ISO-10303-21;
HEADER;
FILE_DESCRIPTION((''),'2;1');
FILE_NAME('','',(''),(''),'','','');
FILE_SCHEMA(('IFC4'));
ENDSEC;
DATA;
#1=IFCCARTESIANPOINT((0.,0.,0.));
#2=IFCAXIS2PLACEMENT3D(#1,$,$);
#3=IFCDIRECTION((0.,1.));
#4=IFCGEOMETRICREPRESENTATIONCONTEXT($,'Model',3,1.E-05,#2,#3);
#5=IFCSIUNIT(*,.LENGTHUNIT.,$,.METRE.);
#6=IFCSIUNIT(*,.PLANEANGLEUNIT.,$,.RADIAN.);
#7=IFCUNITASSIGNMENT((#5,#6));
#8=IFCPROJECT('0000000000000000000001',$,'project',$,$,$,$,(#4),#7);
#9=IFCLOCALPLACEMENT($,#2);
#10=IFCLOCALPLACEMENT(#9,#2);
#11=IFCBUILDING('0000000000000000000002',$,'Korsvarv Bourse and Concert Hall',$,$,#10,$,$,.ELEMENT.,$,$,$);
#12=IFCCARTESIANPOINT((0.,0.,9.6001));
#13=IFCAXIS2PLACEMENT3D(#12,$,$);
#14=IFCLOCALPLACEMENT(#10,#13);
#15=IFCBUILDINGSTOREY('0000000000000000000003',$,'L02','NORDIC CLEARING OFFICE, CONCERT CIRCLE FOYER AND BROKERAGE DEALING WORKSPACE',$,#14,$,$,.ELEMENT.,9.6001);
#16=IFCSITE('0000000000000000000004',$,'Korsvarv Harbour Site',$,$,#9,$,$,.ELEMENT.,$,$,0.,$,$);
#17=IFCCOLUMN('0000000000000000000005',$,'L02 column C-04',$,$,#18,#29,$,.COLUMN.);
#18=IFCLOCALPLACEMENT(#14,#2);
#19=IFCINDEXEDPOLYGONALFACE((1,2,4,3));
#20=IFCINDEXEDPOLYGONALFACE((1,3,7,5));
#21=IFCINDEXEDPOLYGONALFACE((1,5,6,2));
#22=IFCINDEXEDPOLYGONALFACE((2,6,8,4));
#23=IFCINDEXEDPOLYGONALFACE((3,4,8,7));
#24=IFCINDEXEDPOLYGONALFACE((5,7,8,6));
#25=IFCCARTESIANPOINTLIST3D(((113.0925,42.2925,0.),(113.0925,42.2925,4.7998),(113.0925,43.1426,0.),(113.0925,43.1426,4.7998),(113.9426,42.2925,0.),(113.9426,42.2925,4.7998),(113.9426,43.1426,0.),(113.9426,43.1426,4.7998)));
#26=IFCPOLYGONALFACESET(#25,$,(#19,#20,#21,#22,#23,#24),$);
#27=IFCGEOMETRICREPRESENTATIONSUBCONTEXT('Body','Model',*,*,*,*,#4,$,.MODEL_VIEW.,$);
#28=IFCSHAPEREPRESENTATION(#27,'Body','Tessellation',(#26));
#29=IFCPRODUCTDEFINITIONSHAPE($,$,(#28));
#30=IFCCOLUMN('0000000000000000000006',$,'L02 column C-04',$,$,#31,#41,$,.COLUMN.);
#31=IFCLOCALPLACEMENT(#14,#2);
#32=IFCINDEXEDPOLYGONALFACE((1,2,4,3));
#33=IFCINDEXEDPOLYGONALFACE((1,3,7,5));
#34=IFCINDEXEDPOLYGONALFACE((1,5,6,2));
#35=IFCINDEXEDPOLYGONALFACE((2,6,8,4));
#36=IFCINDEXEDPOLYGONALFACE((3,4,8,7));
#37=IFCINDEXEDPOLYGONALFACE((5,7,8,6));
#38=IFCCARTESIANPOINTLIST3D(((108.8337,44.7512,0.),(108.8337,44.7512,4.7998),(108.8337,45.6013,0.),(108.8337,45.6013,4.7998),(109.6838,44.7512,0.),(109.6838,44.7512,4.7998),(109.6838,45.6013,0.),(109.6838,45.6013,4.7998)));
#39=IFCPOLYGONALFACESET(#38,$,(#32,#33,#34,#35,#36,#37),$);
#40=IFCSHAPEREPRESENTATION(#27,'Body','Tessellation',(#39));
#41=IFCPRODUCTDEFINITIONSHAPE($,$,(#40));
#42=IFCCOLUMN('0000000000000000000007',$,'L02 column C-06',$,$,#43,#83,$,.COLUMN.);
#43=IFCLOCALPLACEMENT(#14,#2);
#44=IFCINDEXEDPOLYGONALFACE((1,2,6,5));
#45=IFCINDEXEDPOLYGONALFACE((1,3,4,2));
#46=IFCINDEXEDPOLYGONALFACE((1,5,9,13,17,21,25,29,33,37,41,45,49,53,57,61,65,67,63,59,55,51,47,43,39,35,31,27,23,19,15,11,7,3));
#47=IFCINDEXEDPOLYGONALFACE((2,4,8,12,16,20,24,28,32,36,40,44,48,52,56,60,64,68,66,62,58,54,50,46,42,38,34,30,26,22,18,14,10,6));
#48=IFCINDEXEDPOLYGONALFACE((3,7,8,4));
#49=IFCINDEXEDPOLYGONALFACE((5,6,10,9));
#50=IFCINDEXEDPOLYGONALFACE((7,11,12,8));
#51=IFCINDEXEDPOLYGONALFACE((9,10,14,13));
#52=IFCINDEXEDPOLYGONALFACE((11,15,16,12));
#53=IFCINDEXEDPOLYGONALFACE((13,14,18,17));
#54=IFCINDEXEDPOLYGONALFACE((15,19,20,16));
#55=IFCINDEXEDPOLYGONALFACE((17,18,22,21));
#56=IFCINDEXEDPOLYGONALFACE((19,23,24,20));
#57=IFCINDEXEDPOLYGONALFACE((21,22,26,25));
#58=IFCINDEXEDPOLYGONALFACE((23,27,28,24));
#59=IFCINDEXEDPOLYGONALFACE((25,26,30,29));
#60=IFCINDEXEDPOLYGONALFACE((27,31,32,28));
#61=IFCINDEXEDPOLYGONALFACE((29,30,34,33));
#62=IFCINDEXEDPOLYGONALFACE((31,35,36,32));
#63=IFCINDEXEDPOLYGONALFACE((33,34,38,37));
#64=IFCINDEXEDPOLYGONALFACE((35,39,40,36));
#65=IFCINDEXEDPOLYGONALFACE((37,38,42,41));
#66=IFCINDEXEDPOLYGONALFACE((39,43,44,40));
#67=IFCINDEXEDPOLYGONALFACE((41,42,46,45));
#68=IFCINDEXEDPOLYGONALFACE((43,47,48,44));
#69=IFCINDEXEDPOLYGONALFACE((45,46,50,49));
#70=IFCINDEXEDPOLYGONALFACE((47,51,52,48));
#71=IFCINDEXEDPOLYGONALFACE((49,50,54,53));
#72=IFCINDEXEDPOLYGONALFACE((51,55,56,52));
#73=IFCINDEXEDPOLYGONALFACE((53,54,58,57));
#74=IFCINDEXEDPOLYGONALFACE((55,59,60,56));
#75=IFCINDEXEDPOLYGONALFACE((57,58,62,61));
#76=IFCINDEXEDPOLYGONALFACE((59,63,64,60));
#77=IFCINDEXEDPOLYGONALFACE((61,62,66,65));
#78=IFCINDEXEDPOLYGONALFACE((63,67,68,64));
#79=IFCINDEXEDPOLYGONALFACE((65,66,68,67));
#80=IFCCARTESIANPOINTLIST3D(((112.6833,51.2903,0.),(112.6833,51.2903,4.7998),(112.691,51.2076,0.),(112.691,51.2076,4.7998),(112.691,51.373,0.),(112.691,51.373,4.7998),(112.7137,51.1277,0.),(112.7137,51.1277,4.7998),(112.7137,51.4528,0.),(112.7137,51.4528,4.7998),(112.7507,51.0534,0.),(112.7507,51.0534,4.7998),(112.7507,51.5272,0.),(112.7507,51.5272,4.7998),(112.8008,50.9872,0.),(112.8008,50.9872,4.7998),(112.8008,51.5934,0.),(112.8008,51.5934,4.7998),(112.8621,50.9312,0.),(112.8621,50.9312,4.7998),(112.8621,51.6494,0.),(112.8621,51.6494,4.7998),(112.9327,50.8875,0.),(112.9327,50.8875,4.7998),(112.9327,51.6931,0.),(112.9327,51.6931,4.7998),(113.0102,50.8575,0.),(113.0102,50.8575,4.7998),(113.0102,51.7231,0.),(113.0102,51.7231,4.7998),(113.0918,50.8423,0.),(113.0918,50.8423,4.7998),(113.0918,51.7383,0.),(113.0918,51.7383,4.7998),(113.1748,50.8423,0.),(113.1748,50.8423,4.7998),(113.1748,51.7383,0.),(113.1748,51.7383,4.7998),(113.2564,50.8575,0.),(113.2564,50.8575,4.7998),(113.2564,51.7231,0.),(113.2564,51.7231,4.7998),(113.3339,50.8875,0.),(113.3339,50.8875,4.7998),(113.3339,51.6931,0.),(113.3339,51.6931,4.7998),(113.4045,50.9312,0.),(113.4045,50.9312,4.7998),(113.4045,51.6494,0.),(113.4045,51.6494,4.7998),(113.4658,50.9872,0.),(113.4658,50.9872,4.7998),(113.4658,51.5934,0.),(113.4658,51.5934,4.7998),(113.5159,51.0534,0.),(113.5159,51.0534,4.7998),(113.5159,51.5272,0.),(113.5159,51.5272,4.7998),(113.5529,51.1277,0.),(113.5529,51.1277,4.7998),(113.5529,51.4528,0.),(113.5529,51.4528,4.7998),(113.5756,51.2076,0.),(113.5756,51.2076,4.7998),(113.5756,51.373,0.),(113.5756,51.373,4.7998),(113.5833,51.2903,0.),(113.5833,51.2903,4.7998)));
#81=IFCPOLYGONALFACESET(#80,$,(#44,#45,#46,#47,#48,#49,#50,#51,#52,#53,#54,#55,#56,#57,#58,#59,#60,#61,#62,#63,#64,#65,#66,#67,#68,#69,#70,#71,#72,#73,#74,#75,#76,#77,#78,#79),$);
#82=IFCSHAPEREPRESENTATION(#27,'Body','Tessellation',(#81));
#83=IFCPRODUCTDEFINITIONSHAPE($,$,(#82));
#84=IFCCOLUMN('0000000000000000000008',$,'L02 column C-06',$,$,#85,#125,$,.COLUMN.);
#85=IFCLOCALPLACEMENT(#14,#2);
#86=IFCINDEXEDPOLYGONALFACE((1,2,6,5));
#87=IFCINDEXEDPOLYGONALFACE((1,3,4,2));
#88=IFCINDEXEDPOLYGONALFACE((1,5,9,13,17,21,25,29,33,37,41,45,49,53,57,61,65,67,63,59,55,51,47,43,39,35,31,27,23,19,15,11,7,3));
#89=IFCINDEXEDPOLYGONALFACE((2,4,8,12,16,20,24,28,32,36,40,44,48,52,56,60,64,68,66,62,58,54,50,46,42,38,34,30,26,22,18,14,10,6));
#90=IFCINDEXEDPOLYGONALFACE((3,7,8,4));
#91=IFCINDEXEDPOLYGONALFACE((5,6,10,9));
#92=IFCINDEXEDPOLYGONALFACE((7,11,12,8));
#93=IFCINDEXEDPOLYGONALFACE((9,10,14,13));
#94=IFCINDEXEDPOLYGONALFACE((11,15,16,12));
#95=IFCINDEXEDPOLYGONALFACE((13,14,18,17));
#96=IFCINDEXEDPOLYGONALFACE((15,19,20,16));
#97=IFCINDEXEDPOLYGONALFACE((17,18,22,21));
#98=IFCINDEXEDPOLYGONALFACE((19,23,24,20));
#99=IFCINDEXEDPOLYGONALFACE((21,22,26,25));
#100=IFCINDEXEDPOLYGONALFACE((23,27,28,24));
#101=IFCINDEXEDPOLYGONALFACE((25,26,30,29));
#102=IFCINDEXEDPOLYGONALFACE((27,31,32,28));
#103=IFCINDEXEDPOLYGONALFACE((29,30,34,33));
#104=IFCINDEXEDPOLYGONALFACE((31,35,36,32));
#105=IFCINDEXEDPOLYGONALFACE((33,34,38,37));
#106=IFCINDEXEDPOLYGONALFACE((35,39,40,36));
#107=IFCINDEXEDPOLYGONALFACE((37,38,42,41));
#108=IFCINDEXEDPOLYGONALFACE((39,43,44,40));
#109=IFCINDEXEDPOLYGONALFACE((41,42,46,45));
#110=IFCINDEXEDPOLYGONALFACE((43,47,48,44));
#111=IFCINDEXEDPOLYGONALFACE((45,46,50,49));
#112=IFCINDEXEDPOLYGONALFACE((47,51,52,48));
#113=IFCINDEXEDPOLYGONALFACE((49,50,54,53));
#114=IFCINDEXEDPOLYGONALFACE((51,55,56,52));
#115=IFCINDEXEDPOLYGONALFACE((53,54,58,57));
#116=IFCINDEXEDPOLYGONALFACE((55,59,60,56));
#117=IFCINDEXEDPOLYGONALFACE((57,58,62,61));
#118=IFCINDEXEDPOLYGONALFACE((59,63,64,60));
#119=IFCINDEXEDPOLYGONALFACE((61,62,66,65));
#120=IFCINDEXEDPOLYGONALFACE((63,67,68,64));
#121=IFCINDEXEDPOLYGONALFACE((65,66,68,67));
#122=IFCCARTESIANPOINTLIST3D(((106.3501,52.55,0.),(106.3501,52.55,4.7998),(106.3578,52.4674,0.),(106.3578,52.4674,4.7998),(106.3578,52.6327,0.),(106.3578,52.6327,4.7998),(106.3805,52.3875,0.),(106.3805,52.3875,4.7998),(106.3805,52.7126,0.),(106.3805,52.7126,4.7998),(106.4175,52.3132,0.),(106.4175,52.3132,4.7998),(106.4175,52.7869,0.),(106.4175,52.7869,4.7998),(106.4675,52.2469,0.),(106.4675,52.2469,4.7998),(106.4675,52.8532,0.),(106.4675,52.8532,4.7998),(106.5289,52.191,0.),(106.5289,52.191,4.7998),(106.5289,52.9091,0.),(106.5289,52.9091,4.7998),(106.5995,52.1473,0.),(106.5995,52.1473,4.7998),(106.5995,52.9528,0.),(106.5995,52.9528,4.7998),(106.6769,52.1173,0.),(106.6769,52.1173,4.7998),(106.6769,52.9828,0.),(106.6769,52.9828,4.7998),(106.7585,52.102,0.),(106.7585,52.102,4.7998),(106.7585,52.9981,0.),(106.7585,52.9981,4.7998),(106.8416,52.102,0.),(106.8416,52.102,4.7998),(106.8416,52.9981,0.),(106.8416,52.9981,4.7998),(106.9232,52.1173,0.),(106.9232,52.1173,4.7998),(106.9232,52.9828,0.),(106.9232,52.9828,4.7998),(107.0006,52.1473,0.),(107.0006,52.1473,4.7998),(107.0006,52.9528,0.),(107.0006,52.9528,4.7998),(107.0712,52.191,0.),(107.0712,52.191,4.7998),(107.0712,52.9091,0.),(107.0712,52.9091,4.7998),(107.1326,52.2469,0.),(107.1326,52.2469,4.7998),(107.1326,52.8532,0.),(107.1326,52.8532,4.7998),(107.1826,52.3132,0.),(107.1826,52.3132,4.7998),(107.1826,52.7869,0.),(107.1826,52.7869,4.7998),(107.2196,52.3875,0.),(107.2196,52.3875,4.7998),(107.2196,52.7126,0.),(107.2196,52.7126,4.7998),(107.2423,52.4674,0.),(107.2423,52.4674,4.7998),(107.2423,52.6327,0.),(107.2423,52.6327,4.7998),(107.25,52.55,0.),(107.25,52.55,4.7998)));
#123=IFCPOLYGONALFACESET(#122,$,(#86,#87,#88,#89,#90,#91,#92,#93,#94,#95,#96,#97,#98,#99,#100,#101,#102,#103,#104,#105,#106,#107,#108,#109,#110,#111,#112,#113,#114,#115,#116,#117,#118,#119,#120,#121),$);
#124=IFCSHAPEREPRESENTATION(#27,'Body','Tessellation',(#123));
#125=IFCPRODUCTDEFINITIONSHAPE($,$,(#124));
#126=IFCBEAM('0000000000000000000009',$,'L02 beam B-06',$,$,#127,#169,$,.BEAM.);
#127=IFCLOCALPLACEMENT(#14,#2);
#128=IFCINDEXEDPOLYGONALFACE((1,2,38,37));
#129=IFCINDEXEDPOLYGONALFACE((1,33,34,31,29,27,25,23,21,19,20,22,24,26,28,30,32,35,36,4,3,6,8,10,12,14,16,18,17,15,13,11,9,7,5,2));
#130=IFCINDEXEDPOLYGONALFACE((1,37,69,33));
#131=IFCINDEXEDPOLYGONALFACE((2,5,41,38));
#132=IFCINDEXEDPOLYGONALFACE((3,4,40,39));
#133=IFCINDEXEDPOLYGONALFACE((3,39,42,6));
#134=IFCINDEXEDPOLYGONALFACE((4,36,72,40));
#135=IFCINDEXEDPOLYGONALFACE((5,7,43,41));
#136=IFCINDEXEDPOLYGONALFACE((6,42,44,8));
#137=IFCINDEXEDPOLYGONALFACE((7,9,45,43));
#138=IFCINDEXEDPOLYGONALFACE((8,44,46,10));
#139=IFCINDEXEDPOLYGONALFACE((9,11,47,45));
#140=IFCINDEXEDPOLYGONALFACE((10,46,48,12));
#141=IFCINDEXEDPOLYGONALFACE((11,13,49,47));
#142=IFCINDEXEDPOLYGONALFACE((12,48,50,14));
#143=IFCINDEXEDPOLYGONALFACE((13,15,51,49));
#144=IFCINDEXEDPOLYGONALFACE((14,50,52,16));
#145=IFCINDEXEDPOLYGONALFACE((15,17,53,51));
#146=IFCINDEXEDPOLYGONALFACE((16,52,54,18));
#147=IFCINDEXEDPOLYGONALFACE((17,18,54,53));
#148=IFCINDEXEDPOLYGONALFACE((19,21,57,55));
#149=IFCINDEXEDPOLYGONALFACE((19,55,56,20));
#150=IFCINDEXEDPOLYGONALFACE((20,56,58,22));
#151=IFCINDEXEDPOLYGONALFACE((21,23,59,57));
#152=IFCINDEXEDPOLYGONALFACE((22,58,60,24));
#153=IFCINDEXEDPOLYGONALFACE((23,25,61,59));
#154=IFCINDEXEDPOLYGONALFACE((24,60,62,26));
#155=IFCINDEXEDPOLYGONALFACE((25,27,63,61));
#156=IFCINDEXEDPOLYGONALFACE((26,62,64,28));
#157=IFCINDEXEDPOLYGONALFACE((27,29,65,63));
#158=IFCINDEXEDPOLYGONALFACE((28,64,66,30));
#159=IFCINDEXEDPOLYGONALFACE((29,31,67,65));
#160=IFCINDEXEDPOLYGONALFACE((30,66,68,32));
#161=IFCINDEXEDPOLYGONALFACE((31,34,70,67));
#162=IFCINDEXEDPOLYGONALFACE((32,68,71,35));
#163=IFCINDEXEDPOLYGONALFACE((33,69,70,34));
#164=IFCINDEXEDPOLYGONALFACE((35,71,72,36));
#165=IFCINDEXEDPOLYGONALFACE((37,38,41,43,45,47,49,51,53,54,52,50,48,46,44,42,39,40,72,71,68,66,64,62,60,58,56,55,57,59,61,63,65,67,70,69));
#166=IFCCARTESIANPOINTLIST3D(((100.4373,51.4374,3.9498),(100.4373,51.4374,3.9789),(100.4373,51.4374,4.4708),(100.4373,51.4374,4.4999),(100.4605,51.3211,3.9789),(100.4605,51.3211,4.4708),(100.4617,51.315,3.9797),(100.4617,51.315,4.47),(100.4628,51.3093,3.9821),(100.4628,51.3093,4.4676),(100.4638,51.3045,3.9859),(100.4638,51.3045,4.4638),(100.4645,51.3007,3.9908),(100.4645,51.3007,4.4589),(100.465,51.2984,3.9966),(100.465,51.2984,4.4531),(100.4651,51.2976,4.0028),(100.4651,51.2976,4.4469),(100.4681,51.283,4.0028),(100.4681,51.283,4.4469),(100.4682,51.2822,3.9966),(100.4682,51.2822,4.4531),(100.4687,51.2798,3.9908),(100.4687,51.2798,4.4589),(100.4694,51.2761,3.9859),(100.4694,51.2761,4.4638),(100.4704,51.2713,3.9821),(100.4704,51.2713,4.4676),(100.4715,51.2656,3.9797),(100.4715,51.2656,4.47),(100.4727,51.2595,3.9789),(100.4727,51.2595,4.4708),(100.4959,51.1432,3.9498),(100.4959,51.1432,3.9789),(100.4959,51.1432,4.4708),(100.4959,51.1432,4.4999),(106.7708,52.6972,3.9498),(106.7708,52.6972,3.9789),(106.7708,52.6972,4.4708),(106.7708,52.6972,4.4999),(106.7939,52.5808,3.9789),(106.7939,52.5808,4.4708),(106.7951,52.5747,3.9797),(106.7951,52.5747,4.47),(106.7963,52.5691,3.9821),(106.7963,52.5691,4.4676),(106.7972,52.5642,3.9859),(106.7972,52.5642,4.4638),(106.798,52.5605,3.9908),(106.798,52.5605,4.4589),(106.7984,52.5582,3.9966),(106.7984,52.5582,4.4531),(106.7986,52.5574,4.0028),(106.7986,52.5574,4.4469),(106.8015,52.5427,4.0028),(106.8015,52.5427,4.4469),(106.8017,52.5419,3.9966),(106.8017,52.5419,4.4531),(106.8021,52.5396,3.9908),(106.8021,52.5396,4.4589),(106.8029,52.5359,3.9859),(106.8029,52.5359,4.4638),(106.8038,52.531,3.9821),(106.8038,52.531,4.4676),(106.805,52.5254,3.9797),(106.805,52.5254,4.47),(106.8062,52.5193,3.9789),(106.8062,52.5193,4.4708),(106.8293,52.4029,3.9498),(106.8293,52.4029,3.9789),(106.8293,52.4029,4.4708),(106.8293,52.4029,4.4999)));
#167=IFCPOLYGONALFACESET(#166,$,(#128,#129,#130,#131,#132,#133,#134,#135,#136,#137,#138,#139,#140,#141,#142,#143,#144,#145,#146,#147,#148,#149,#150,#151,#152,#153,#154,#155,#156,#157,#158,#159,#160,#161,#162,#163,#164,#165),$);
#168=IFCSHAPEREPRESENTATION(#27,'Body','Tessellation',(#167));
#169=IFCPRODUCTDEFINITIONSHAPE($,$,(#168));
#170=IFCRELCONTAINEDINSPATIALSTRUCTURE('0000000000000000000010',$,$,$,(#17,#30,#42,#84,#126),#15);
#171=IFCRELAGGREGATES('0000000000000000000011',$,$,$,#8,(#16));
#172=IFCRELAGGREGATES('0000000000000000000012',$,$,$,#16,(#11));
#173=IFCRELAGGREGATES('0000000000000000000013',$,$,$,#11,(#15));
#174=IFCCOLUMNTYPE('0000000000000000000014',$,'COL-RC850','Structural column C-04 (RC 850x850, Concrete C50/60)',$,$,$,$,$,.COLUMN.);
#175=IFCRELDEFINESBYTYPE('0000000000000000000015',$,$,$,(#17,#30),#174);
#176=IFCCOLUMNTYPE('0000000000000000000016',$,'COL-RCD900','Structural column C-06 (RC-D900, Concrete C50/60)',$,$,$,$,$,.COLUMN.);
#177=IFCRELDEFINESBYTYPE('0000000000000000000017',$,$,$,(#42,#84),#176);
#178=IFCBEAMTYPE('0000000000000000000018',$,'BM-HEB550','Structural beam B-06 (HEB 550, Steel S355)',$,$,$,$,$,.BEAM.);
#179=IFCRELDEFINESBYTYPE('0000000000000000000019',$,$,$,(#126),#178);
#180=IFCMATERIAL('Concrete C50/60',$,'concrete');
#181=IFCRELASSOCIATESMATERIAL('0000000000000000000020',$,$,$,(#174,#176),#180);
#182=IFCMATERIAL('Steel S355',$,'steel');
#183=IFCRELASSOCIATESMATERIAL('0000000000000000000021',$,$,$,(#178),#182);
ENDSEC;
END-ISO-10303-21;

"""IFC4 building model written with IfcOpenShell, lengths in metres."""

from ifc_helpers import new_model, si_unit, direction, frame, origin, origin_2d, place, context, subcontext, project, spatial, rectangle, circle, i_section, extrude, source, transform, mapped, material, material_profile, profile_set, type_object, element, save


model = new_model("IFC4")

# Units and contexts
model_context = context("Model", 3, precision=1e-05, world=origin(), true_north=direction((0.0, 1.0)))
body_context = subcontext(model_context, "Body", "Model", "MODEL_VIEW")
ifc_project = project(units=[si_unit("LENGTHUNIT", "METRE"), si_unit("PLANEANGLEUNIT", "RADIAN")], contexts=[model_context])

# Site, building, storey
site_placement = place(None, origin())
site = spatial("IfcSite", under=ifc_project, at=site_placement, Name="Korsvarv Harbour Site", CompositionType="ELEMENT", RefElevation=0.0)
building_placement = place(site_placement, origin())
building = spatial("IfcBuilding", under=site, at=building_placement, Name="Korsvarv Bourse and Concert Hall", CompositionType="ELEMENT")
storey_placement = place(building_placement, frame((0.0, 0.0, 9.6001)))
storey = spatial("IfcBuildingStorey", under=building, at=storey_placement, Name="L02", Description="NORDIC CLEARING OFFICE, CONCERT CIRCLE FOYER AND BROKERAGE DEALING WORKSPACE", CompositionType="ELEMENT", Elevation=9.6001)

# Columns
ifc_material_1 = material(Name="Concrete C50/60", Category="concrete")
ifc_material_profile_1 = material_profile(ifc_material_1, rectangle(XDim=0.8501, YDim=0.8501, at=origin_2d()), Name="RC 850x850")
ifc_profile_set_1 = profile_set([ifc_material_profile_1], Name="Concrete C50/60")
column_type_1 = type_object("IfcColumnType", Name="COL-RC850", Description="Structural column C-04 (RC 850x850, Concrete C50/60)", PredefinedType="COLUMN", material=ifc_profile_set_1)
shared_shape_1 = source(origin(), body_context, "Body", "SweptSolid", [
    extrude(rectangle(XDim=0.8501, YDim=0.8501, at=origin_2d()), origin(), (0.0, 0.0, 1.0), 4.7998),
])
for number, where, z_axis, x_axis, name in (
    (1, (113.5176, 42.7175, 0.0), (0.0, 0.0, 1.0), (1.0, 0.0, 0.0), "L02 column C-04"),
    (2, (109.2588, 45.1763, 0.0), (0.0, 0.0, 1.0), (1.0, 0.0, 0.0), "L02 column C-04"),
):
    element("IfcColumn", number, at=place(storey_placement, frame(where, z_axis=z_axis, x_axis=x_axis)), inside=storey, type_object=column_type_1, Name=name, PredefinedType="COLUMN", context=body_context, shape_type="MappedRepresentation", body=[
        mapped(shared_shape_1, transform((0.0, 0.0, 0.0), scale=1.0)),
    ])
ifc_material_profile_2 = material_profile(ifc_material_1, circle(Radius=0.45, at=origin_2d()), Name="RC-D900")
ifc_profile_set_2 = profile_set([ifc_material_profile_2], Name="Concrete C50/60")
column_type_2 = type_object("IfcColumnType", Name="COL-RCD900", Description="Structural column C-06 (RC-D900, Concrete C50/60)", PredefinedType="COLUMN", material=ifc_profile_set_2)
shared_shape_2 = source(origin(), body_context, "Body", "SweptSolid", [
    extrude(circle(Radius=0.45, at=origin_2d()), origin(), (0.0, 0.0, 1.0), 4.7998),
])
for number, where, z_axis, x_axis, name in (
    (3, (113.1333, 51.2903, 0.0), (0.0, 0.0, 1.0), (1.0, 0.0, 0.0), "L02 column C-06"),
    (4, (106.8, 52.55, 0.0), (0.0, 0.0, 1.0), (1.0, 0.0, 0.0), "L02 column C-06"),
):
    element("IfcColumn", number, at=place(storey_placement, frame(where, z_axis=z_axis, x_axis=x_axis)), inside=storey, type_object=column_type_2, Name=name, PredefinedType="COLUMN", context=body_context, shape_type="MappedRepresentation", body=[
        mapped(shared_shape_2, transform((0.0, 0.0, 0.0), scale=1.0)),
    ])

# Beam
ifc_material_2 = material(Name="Steel S355", Category="steel")
ifc_material_profile_3 = material_profile(ifc_material_2, i_section(OverallWidth=0.3, OverallDepth=0.55, WebThickness=0.0149, FlangeThickness=0.0291, FilletRadius=0.0239, at=origin_2d()), Name="HEB 550")
ifc_profile_set_3 = profile_set([ifc_material_profile_3], Name="Steel S355")
beam_type_1 = type_object("IfcBeamType", Name="BM-HEB550", Description="Structural beam B-06 (HEB 550, Steel S355)", PredefinedType="BEAM", material=ifc_profile_set_3)
shared_shape_3 = source(origin(), body_context, "Body", "SweptSolid", [
    extrude(i_section(OverallWidth=0.3, OverallDepth=0.55, WebThickness=0.0149, FlangeThickness=0.0291, FilletRadius=0.0239, at=origin_2d()), origin(), (0.0, 0.0, 1.0), 6.4575),
])
beam_1_placement = place(storey_placement, frame((106.8, 52.55, 4.2249), z_axis=(-0.980787, -0.195084, 0.0), x_axis=(0.195084, -0.980787, 0.0)))
element("IfcBeam", 5, at=beam_1_placement, inside=storey, type_object=beam_type_1, Name="L02 beam B-06", PredefinedType="BEAM", context=body_context, shape_type="MappedRepresentation", body=[
    mapped(shared_shape_3, transform((0.0, 0.0, 0.0), scale=1.0)),
])

save(model, "model.ifc")
